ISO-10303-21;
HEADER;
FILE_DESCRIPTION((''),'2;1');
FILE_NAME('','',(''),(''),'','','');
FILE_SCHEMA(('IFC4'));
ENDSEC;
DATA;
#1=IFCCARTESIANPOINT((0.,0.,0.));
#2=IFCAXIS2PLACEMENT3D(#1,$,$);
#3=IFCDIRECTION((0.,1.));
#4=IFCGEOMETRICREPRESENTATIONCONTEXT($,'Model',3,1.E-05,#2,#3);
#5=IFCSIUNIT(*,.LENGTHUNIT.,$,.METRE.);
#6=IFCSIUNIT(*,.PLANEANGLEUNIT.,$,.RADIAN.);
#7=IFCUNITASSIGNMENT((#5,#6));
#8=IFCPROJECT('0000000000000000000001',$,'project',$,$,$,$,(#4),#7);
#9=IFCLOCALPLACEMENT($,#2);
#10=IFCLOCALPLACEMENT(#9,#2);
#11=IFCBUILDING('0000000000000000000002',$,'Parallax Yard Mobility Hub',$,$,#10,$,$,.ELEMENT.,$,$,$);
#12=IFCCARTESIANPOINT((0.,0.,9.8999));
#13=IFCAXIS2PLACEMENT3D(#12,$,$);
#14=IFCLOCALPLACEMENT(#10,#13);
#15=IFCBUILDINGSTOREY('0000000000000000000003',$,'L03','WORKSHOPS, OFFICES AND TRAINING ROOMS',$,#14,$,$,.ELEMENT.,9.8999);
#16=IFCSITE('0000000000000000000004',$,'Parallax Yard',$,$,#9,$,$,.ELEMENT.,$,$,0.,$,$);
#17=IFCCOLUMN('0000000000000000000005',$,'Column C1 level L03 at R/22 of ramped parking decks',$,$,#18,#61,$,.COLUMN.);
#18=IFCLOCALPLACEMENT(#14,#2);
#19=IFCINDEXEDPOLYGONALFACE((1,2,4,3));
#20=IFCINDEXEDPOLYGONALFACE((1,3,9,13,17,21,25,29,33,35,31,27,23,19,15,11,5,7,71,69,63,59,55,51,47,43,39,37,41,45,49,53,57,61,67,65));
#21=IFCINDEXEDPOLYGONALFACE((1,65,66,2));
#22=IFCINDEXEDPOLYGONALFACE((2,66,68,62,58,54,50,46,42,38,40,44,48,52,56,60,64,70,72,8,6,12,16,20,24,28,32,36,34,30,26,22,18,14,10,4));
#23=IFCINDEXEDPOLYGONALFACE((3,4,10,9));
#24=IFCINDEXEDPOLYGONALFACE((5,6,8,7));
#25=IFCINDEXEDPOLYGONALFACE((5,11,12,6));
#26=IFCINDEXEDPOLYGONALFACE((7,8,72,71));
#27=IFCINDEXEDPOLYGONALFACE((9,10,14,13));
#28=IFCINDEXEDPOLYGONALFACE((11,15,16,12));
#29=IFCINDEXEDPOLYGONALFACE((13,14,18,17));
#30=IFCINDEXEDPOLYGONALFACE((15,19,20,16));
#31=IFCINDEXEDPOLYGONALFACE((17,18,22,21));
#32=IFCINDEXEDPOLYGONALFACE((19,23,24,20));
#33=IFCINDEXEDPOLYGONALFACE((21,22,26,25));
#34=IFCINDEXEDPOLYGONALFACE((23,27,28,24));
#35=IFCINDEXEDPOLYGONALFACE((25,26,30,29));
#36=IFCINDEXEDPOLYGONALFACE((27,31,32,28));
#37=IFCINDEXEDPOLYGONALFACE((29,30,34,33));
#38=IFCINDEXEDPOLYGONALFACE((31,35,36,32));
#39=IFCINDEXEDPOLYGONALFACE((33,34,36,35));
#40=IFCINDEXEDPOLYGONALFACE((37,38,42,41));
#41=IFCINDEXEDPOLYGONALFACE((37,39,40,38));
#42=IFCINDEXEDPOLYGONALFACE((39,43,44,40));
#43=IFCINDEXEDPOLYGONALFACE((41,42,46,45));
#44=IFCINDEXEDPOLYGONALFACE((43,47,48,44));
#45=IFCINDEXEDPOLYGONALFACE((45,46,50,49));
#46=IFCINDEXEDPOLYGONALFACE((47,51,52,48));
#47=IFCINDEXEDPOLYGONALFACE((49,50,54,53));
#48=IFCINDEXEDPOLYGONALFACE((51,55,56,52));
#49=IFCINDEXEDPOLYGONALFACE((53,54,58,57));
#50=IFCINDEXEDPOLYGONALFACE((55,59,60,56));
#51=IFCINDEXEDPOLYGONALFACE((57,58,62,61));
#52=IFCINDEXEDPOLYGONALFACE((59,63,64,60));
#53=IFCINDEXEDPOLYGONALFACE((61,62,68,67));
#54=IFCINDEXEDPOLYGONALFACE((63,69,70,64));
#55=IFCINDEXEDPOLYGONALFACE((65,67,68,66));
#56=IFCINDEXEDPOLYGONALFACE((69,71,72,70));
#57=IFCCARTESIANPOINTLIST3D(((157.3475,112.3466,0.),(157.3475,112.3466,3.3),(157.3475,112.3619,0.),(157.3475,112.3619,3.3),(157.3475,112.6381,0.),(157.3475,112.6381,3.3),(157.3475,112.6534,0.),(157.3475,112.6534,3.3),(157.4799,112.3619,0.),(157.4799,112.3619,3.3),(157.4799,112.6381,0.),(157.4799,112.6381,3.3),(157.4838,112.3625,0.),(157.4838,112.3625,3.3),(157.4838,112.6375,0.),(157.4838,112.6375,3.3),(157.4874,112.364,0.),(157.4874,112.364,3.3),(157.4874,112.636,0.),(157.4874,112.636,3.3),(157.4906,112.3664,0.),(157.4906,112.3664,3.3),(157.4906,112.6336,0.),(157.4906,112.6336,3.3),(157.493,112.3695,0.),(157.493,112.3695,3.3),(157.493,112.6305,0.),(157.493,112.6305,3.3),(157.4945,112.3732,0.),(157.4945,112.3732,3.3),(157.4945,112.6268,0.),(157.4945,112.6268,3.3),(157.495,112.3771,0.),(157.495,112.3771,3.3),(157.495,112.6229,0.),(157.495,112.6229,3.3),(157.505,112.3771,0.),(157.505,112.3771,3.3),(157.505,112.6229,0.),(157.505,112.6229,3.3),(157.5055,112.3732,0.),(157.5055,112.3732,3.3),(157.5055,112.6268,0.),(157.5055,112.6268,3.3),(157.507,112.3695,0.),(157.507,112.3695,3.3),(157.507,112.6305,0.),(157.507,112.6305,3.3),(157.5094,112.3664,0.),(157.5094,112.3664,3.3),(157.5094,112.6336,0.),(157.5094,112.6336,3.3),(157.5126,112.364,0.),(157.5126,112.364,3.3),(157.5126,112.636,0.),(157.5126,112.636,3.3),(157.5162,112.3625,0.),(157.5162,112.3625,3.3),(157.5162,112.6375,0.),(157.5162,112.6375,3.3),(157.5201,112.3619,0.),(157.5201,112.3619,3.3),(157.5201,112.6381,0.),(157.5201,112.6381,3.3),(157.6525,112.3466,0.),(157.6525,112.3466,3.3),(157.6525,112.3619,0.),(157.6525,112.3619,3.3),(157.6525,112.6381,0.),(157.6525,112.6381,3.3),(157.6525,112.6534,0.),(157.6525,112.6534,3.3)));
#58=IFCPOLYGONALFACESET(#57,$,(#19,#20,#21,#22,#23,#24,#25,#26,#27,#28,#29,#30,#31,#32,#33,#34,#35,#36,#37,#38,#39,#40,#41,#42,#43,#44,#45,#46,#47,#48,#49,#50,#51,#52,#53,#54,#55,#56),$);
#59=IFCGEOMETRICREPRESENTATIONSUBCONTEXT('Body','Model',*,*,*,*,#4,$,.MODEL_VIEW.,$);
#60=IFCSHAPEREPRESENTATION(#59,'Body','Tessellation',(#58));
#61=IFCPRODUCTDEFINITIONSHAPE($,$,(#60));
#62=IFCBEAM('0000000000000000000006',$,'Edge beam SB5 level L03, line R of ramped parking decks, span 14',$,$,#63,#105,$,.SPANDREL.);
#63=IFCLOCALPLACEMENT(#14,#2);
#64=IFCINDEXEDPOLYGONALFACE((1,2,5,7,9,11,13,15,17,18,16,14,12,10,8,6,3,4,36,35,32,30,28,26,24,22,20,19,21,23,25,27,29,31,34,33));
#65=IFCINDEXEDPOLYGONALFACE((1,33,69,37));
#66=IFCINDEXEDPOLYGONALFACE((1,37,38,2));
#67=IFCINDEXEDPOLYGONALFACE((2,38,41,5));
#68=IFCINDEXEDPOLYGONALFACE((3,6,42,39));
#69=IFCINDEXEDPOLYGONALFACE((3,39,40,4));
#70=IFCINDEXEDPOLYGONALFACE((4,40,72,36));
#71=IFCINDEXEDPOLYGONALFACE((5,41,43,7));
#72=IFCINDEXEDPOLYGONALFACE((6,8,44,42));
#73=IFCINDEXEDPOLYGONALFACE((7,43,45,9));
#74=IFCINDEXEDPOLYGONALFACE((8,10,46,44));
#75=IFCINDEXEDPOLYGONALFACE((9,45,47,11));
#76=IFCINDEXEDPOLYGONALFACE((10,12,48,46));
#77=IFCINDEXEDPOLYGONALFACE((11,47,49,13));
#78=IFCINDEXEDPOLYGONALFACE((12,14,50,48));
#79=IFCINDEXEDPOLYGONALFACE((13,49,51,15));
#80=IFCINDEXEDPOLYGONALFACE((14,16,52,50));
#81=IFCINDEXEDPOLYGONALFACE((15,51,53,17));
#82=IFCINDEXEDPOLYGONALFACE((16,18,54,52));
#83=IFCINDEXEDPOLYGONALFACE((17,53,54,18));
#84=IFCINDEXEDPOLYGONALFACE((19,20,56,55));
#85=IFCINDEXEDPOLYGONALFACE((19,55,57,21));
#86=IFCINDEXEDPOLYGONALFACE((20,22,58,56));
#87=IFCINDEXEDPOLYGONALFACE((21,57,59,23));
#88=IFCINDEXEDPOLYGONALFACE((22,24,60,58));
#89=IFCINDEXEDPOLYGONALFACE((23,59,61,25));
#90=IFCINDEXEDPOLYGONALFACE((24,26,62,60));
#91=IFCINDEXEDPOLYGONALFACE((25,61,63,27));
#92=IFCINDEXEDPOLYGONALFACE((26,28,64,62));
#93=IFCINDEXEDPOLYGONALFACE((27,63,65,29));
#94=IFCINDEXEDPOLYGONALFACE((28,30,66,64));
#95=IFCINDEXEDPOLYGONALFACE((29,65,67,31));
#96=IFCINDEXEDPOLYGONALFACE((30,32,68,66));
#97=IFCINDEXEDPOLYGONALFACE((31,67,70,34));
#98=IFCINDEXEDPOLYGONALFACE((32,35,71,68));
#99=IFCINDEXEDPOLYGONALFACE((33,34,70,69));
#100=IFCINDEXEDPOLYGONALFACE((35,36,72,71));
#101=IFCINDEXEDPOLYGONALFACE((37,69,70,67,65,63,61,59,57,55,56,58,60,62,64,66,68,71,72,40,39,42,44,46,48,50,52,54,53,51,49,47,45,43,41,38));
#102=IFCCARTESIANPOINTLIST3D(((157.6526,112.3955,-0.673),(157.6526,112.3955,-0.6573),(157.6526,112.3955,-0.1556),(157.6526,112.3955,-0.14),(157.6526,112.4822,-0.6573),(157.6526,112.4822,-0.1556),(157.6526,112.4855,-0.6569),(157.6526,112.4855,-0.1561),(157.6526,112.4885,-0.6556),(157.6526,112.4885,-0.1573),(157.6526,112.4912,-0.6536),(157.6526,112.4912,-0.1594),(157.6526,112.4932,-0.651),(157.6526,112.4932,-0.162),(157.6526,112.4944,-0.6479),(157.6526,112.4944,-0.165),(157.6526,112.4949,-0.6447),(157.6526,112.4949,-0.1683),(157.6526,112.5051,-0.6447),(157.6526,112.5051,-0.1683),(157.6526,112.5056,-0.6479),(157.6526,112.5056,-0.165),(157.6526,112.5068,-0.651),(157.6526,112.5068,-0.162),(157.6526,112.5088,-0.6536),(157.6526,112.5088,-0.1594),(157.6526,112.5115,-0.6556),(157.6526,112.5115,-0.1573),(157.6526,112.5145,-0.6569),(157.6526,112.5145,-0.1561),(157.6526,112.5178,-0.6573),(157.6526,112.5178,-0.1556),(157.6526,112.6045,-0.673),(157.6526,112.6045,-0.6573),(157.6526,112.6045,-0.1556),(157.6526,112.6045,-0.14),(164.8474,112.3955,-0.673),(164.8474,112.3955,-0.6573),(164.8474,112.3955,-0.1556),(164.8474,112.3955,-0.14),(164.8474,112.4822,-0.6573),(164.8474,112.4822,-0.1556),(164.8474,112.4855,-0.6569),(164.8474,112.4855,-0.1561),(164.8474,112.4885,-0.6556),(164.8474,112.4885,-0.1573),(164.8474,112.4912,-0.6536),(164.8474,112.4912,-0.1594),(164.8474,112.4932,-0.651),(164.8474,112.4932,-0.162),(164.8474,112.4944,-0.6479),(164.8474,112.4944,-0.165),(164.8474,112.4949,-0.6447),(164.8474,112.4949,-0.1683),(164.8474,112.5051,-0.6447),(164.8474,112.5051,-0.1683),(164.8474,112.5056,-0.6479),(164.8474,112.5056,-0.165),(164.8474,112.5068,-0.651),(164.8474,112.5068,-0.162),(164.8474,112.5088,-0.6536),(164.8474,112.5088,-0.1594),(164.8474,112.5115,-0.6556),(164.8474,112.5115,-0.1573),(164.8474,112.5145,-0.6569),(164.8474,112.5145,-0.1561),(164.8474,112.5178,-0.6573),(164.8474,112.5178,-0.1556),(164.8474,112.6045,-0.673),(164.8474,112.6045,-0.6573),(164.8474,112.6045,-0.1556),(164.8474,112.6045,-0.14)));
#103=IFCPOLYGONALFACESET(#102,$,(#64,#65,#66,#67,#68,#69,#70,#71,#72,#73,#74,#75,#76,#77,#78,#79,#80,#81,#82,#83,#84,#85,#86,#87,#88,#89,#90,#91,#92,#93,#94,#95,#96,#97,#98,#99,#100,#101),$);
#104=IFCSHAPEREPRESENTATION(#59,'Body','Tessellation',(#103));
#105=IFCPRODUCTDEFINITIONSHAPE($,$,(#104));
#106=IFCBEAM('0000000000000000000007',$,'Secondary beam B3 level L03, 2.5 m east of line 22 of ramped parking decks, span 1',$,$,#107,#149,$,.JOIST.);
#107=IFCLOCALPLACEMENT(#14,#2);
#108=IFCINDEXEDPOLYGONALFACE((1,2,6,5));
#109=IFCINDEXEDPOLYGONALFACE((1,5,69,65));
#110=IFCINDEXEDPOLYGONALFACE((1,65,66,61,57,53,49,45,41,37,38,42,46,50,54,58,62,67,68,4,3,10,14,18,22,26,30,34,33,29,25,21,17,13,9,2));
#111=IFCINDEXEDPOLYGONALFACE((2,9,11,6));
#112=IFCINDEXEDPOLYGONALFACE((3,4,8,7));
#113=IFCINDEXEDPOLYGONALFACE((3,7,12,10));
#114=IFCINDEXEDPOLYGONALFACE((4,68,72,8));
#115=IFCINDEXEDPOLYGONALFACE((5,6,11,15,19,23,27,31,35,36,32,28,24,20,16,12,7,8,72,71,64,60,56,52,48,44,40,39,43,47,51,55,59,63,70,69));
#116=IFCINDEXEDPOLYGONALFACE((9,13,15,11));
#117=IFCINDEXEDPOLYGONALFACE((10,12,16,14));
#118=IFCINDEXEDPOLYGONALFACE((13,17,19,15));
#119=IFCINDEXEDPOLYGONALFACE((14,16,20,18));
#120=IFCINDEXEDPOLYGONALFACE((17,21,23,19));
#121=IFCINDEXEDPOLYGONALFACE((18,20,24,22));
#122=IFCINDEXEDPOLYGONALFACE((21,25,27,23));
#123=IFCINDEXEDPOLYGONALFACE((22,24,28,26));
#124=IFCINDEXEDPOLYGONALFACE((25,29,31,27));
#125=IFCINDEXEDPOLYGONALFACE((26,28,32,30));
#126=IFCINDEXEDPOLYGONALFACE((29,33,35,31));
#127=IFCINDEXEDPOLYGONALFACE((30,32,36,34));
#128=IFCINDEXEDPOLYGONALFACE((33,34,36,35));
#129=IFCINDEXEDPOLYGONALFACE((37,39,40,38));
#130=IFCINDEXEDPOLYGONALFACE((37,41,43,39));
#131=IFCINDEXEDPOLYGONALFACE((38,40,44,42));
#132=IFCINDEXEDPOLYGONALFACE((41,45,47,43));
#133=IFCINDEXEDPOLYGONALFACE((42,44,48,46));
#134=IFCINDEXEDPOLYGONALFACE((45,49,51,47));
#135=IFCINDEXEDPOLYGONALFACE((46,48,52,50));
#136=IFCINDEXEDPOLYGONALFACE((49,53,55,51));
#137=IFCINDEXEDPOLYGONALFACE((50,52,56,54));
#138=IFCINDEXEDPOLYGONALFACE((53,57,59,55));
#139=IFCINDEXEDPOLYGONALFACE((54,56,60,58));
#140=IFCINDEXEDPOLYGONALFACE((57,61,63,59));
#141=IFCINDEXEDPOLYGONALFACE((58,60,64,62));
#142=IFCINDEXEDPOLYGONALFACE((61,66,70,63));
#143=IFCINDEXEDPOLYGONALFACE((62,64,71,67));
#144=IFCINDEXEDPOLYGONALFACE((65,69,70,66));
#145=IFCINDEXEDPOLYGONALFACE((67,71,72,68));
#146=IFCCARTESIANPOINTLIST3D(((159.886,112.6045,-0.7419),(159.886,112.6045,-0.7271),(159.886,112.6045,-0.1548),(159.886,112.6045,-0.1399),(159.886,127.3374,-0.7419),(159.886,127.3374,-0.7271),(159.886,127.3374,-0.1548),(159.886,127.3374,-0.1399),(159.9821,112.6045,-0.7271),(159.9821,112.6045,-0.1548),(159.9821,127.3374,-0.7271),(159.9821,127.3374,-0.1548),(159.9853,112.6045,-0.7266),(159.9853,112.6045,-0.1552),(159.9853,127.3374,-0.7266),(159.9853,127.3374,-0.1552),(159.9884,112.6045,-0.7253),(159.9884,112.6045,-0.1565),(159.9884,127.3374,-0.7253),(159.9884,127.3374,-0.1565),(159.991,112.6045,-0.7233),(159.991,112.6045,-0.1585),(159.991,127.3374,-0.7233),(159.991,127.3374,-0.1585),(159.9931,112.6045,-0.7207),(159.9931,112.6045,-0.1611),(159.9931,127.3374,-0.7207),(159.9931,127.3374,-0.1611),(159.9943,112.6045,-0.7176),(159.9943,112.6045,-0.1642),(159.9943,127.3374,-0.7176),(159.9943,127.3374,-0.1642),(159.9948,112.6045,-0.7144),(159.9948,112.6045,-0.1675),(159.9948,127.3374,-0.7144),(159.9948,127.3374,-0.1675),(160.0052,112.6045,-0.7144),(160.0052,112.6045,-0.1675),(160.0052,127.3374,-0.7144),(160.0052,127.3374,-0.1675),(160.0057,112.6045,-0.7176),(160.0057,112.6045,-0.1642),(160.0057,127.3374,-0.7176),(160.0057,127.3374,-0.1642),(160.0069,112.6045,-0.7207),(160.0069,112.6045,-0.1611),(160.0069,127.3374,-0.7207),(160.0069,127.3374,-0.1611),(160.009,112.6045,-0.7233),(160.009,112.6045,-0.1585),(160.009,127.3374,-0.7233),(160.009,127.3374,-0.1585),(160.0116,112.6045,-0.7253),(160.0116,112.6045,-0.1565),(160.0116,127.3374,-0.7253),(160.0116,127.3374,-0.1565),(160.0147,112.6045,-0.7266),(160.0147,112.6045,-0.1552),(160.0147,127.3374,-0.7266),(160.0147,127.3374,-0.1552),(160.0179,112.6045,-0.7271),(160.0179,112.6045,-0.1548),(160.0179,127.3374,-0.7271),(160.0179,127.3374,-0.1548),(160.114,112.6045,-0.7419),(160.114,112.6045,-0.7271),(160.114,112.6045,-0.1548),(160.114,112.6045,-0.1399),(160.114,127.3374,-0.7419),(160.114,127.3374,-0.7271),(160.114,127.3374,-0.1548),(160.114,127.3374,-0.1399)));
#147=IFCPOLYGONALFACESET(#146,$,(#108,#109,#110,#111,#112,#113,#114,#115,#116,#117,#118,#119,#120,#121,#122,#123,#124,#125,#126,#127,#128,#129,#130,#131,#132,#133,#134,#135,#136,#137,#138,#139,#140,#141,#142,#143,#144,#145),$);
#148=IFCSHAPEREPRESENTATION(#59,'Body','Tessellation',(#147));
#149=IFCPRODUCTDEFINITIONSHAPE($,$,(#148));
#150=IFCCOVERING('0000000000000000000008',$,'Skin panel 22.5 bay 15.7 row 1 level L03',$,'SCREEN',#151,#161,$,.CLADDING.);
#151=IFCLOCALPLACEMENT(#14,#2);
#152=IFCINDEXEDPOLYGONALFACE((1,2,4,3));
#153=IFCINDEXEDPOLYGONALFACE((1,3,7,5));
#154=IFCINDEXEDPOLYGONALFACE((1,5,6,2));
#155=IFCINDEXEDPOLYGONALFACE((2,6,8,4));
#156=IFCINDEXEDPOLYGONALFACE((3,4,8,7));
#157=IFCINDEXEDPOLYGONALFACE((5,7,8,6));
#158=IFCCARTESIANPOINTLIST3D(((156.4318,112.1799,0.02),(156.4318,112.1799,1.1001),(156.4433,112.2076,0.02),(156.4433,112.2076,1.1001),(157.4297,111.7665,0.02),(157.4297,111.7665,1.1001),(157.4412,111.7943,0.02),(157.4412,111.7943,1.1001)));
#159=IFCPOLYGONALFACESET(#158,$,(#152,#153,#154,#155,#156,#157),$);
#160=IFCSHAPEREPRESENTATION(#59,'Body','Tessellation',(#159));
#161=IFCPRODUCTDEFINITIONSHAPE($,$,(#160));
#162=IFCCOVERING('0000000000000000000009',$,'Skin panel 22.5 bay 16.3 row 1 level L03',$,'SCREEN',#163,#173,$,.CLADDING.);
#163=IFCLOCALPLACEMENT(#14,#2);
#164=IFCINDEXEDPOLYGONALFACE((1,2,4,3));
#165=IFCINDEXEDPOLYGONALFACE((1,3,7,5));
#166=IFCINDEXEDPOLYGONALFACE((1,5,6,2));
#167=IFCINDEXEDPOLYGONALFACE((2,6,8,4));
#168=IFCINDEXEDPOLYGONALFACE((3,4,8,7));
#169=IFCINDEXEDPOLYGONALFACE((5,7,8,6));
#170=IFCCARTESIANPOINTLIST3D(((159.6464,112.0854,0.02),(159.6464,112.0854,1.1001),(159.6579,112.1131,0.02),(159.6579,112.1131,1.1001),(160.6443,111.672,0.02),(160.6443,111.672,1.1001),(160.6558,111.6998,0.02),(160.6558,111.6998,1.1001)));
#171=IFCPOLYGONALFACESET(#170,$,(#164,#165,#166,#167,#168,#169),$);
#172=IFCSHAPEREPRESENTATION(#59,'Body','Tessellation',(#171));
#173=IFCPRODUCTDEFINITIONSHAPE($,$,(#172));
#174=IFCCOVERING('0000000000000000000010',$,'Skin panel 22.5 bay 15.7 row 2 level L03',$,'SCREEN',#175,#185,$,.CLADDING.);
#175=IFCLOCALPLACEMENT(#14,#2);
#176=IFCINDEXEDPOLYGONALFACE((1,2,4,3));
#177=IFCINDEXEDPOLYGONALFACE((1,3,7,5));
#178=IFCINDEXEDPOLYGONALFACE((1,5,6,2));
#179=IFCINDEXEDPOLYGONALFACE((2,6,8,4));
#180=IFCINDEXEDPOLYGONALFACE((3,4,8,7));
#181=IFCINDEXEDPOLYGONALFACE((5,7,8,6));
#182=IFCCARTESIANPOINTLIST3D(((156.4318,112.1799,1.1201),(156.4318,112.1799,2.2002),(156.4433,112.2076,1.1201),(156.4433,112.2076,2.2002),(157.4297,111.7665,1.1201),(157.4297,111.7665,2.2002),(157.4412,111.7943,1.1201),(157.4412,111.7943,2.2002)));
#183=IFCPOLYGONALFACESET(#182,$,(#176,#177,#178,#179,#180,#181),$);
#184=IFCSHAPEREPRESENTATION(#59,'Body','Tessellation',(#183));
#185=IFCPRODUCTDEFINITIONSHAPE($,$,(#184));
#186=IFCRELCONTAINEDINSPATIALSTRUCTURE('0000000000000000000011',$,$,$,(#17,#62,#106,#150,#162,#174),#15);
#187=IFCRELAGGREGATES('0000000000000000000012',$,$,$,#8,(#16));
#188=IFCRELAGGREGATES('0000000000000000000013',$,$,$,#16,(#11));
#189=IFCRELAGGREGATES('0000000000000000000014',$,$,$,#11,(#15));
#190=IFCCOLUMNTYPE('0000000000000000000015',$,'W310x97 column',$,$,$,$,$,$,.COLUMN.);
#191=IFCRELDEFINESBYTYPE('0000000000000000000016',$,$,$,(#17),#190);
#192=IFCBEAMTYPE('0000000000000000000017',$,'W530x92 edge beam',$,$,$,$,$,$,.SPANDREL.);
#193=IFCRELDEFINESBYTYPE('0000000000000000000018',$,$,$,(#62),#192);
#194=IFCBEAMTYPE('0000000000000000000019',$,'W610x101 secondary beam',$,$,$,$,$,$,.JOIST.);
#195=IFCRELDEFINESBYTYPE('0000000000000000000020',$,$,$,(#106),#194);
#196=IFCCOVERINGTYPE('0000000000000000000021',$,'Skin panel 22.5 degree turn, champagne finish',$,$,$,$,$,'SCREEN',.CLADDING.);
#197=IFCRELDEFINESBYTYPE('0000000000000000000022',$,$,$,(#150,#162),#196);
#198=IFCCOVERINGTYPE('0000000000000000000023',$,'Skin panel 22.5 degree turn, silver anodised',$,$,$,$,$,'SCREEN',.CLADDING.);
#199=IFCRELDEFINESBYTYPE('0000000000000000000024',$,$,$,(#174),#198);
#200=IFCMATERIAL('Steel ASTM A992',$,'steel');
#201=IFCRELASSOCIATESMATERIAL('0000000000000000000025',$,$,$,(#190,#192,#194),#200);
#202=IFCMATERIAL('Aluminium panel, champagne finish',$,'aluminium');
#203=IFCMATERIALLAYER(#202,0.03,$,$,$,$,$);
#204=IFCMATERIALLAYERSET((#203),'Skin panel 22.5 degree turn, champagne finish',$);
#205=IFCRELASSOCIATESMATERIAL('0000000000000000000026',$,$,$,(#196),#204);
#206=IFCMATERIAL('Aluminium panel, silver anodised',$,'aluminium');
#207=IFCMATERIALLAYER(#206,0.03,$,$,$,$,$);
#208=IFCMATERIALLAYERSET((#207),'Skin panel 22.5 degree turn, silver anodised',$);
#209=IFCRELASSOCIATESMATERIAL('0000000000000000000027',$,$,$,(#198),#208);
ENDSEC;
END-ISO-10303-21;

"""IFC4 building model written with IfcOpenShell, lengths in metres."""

from ifc_helpers import new_model, si_unit, direction, frame, origin, origin_2d, place, context, subcontext, project, spatial, rectangle, i_section, extrude, material, layer, layer_set, material_profile, profile_set, type_object, element, save


model = new_model("IFC4")

# Units and contexts
model_context = context("Model", 3, precision=1e-05, world=origin(), true_north=direction((0.0, 1.0)))
body_context = subcontext(model_context, "Body", "Model", "MODEL_VIEW")
ifc_project = project(units=[si_unit("LENGTHUNIT", "METRE"), si_unit("PLANEANGLEUNIT", "RADIAN")], contexts=[model_context])

# Site, building, storey
site_placement = place(None, origin())
site = spatial("IfcSite", under=ifc_project, at=site_placement, Name="Parallax Yard", CompositionType="ELEMENT", RefElevation=0.0)
building_placement = place(site_placement, origin())
building = spatial("IfcBuilding", under=site, at=building_placement, Name="Parallax Yard Mobility Hub", CompositionType="ELEMENT")
storey_placement = place(building_placement, frame((0.0, 0.0, 9.8999)))
storey = spatial("IfcBuildingStorey", under=building, at=storey_placement, Name="L03", Description="WORKSHOPS, OFFICES AND TRAINING ROOMS", CompositionType="ELEMENT", Elevation=9.8999)

# Column
ifc_material_1 = material(Name="Steel ASTM A992", Category="steel")
ifc_material_profile_1 = material_profile(ifc_material_1, i_section(OverallWidth=0.3049, OverallDepth=0.3069, WebThickness=0.01, FlangeThickness=0.0154, FilletRadius=0.0151, at=origin_2d()), Name="W310x97")
ifc_profile_set_1 = profile_set([ifc_material_profile_1], Name="Steel ASTM A992")
column_type = type_object("IfcColumnType", Name="W310x97 column", PredefinedType="COLUMN", material=ifc_profile_set_1)
column_placement = place(storey_placement, frame((157.5, 112.5, 0.0), z_axis=(0.0, 0.0, 1.0), x_axis=(1.0, 0.0, 0.0)))
element("IfcColumn", 1, at=column_placement, inside=storey, type_object=column_type, Name="Column C1 level L03 at R/22 of ramped parking decks", PredefinedType="COLUMN", context=body_context, shape_type="SweptSolid", body=[
    extrude(i_section(OverallWidth=0.3049, OverallDepth=0.3069, WebThickness=0.01, FlangeThickness=0.0154, FilletRadius=0.0151, at=origin_2d()), origin(), (0.0, 0.0, 1.0), 3.3),
])

# Beams
ifc_material_profile_2 = material_profile(ifc_material_1, i_section(OverallWidth=0.209, OverallDepth=0.533, WebThickness=0.0103, FlangeThickness=0.0156, FilletRadius=0.0127, at=origin_2d()), Name="W530x92")
ifc_profile_set_2 = profile_set([ifc_material_profile_2], Name="Steel ASTM A992")
beam_type_1 = type_object("IfcBeamType", Name="W530x92 edge beam", PredefinedType="SPANDREL", material=ifc_profile_set_2)
beam_1_placement = place(storey_placement, frame((157.6526, 112.5, -0.4065), z_axis=(1.0, 0.0, 0.0), x_axis=(0.0, 1.0, 0.0)))
element("IfcBeam", 2, at=beam_1_placement, inside=storey, type_object=beam_type_1, Name="Edge beam SB5 level L03, line R of ramped parking decks, span 14", PredefinedType="SPANDREL", context=body_context, shape_type="SweptSolid", body=[
    extrude(i_section(OverallWidth=0.209, OverallDepth=0.533, WebThickness=0.0103, FlangeThickness=0.0156, FilletRadius=0.0127, at=origin_2d()), origin(), (0.0, 0.0, 1.0), 7.1948),
])
ifc_material_profile_3 = material_profile(ifc_material_1, i_section(OverallWidth=0.228, OverallDepth=0.6021, WebThickness=0.0105, FlangeThickness=0.0149, FilletRadius=0.0127, at=origin_2d()), Name="W610x101")
ifc_profile_set_3 = profile_set([ifc_material_profile_3], Name="Steel ASTM A992")
beam_type_2 = type_object("IfcBeamType", Name="W610x101 secondary beam", PredefinedType="JOIST", material=ifc_profile_set_3)
beam_2_placement = place(storey_placement, frame((160.0, 112.6045, -0.4409), z_axis=(0.0, 1.0, 0.0), x_axis=(-1.0, 0.0, 0.0)))
element("IfcBeam", 3, at=beam_2_placement, inside=storey, type_object=beam_type_2, Name="Secondary beam B3 level L03, 2.5 m east of line 22 of ramped parking decks, span 1", PredefinedType="JOIST", context=body_context, shape_type="SweptSolid", body=[
    extrude(i_section(OverallWidth=0.228, OverallDepth=0.6021, WebThickness=0.0105, FlangeThickness=0.0149, FilletRadius=0.0127, at=origin_2d()), origin(), (0.0, 0.0, 1.0), 14.7329),
])

# Coverings
ifc_material_2 = material(Name="Aluminium panel, champagne finish", Category="aluminium")
ifc_layer_1 = layer(ifc_material_2, 0.03)
ifc_layer_set_1 = layer_set([ifc_layer_1], Name="Skin panel 22.5 degree turn, champagne finish")
covering_type_1 = type_object("IfcCoveringType", Name="Skin panel 22.5 degree turn, champagne finish", ElementType="SCREEN", PredefinedType="CLADDING", material=ifc_layer_set_1)
for number, where, z_axis, x_axis, name in (
    (4, (156.9365, 111.9871, 0.02), (0.0, 0.0, 1.0), (0.92388, -0.382683, 0.0), "Skin panel 22.5 bay 15.7 row 1 level L03"),
    (5, (160.1511, 111.8926, 0.02), (0.0, 0.0, 1.0), (0.92388, -0.382683, 0.0), "Skin panel 22.5 bay 16.3 row 1 level L03"),
):
    element("IfcCovering", number, at=place(storey_placement, frame(where, z_axis=z_axis, x_axis=x_axis)), inside=storey, type_object=covering_type_1, Name=name, ObjectType="SCREEN", PredefinedType="CLADDING", context=body_context, shape_type="SweptSolid", body=[
        extrude(rectangle(XDim=1.0801, YDim=0.03, at=origin_2d()), origin(), (0.0, 0.0, 1.0), 1.0801),
    ])
ifc_material_3 = material(Name="Aluminium panel, silver anodised", Category="aluminium")
ifc_layer_2 = layer(ifc_material_3, 0.03)
ifc_layer_set_2 = layer_set([ifc_layer_2], Name="Skin panel 22.5 degree turn, silver anodised")
covering_type_2 = type_object("IfcCoveringType", Name="Skin panel 22.5 degree turn, silver anodised", ElementType="SCREEN", PredefinedType="CLADDING", material=ifc_layer_set_2)
for number, where, z_axis, x_axis, name in (
    (6, (156.9365, 111.9871, 1.1201), (0.0, 0.0, 1.0), (0.92388, -0.382683, 0.0), "Skin panel 22.5 bay 15.7 row 2 level L03"),
):
    element("IfcCovering", number, at=place(storey_placement, frame(where, z_axis=z_axis, x_axis=x_axis)), inside=storey, type_object=covering_type_2, Name=name, ObjectType="SCREEN", PredefinedType="CLADDING", context=body_context, shape_type="SweptSolid", body=[
        extrude(rectangle(XDim=1.0801, YDim=0.03, at=origin_2d()), origin(), (0.0, 0.0, 1.0), 1.0801),
    ])

save(model, "model.ifc")
